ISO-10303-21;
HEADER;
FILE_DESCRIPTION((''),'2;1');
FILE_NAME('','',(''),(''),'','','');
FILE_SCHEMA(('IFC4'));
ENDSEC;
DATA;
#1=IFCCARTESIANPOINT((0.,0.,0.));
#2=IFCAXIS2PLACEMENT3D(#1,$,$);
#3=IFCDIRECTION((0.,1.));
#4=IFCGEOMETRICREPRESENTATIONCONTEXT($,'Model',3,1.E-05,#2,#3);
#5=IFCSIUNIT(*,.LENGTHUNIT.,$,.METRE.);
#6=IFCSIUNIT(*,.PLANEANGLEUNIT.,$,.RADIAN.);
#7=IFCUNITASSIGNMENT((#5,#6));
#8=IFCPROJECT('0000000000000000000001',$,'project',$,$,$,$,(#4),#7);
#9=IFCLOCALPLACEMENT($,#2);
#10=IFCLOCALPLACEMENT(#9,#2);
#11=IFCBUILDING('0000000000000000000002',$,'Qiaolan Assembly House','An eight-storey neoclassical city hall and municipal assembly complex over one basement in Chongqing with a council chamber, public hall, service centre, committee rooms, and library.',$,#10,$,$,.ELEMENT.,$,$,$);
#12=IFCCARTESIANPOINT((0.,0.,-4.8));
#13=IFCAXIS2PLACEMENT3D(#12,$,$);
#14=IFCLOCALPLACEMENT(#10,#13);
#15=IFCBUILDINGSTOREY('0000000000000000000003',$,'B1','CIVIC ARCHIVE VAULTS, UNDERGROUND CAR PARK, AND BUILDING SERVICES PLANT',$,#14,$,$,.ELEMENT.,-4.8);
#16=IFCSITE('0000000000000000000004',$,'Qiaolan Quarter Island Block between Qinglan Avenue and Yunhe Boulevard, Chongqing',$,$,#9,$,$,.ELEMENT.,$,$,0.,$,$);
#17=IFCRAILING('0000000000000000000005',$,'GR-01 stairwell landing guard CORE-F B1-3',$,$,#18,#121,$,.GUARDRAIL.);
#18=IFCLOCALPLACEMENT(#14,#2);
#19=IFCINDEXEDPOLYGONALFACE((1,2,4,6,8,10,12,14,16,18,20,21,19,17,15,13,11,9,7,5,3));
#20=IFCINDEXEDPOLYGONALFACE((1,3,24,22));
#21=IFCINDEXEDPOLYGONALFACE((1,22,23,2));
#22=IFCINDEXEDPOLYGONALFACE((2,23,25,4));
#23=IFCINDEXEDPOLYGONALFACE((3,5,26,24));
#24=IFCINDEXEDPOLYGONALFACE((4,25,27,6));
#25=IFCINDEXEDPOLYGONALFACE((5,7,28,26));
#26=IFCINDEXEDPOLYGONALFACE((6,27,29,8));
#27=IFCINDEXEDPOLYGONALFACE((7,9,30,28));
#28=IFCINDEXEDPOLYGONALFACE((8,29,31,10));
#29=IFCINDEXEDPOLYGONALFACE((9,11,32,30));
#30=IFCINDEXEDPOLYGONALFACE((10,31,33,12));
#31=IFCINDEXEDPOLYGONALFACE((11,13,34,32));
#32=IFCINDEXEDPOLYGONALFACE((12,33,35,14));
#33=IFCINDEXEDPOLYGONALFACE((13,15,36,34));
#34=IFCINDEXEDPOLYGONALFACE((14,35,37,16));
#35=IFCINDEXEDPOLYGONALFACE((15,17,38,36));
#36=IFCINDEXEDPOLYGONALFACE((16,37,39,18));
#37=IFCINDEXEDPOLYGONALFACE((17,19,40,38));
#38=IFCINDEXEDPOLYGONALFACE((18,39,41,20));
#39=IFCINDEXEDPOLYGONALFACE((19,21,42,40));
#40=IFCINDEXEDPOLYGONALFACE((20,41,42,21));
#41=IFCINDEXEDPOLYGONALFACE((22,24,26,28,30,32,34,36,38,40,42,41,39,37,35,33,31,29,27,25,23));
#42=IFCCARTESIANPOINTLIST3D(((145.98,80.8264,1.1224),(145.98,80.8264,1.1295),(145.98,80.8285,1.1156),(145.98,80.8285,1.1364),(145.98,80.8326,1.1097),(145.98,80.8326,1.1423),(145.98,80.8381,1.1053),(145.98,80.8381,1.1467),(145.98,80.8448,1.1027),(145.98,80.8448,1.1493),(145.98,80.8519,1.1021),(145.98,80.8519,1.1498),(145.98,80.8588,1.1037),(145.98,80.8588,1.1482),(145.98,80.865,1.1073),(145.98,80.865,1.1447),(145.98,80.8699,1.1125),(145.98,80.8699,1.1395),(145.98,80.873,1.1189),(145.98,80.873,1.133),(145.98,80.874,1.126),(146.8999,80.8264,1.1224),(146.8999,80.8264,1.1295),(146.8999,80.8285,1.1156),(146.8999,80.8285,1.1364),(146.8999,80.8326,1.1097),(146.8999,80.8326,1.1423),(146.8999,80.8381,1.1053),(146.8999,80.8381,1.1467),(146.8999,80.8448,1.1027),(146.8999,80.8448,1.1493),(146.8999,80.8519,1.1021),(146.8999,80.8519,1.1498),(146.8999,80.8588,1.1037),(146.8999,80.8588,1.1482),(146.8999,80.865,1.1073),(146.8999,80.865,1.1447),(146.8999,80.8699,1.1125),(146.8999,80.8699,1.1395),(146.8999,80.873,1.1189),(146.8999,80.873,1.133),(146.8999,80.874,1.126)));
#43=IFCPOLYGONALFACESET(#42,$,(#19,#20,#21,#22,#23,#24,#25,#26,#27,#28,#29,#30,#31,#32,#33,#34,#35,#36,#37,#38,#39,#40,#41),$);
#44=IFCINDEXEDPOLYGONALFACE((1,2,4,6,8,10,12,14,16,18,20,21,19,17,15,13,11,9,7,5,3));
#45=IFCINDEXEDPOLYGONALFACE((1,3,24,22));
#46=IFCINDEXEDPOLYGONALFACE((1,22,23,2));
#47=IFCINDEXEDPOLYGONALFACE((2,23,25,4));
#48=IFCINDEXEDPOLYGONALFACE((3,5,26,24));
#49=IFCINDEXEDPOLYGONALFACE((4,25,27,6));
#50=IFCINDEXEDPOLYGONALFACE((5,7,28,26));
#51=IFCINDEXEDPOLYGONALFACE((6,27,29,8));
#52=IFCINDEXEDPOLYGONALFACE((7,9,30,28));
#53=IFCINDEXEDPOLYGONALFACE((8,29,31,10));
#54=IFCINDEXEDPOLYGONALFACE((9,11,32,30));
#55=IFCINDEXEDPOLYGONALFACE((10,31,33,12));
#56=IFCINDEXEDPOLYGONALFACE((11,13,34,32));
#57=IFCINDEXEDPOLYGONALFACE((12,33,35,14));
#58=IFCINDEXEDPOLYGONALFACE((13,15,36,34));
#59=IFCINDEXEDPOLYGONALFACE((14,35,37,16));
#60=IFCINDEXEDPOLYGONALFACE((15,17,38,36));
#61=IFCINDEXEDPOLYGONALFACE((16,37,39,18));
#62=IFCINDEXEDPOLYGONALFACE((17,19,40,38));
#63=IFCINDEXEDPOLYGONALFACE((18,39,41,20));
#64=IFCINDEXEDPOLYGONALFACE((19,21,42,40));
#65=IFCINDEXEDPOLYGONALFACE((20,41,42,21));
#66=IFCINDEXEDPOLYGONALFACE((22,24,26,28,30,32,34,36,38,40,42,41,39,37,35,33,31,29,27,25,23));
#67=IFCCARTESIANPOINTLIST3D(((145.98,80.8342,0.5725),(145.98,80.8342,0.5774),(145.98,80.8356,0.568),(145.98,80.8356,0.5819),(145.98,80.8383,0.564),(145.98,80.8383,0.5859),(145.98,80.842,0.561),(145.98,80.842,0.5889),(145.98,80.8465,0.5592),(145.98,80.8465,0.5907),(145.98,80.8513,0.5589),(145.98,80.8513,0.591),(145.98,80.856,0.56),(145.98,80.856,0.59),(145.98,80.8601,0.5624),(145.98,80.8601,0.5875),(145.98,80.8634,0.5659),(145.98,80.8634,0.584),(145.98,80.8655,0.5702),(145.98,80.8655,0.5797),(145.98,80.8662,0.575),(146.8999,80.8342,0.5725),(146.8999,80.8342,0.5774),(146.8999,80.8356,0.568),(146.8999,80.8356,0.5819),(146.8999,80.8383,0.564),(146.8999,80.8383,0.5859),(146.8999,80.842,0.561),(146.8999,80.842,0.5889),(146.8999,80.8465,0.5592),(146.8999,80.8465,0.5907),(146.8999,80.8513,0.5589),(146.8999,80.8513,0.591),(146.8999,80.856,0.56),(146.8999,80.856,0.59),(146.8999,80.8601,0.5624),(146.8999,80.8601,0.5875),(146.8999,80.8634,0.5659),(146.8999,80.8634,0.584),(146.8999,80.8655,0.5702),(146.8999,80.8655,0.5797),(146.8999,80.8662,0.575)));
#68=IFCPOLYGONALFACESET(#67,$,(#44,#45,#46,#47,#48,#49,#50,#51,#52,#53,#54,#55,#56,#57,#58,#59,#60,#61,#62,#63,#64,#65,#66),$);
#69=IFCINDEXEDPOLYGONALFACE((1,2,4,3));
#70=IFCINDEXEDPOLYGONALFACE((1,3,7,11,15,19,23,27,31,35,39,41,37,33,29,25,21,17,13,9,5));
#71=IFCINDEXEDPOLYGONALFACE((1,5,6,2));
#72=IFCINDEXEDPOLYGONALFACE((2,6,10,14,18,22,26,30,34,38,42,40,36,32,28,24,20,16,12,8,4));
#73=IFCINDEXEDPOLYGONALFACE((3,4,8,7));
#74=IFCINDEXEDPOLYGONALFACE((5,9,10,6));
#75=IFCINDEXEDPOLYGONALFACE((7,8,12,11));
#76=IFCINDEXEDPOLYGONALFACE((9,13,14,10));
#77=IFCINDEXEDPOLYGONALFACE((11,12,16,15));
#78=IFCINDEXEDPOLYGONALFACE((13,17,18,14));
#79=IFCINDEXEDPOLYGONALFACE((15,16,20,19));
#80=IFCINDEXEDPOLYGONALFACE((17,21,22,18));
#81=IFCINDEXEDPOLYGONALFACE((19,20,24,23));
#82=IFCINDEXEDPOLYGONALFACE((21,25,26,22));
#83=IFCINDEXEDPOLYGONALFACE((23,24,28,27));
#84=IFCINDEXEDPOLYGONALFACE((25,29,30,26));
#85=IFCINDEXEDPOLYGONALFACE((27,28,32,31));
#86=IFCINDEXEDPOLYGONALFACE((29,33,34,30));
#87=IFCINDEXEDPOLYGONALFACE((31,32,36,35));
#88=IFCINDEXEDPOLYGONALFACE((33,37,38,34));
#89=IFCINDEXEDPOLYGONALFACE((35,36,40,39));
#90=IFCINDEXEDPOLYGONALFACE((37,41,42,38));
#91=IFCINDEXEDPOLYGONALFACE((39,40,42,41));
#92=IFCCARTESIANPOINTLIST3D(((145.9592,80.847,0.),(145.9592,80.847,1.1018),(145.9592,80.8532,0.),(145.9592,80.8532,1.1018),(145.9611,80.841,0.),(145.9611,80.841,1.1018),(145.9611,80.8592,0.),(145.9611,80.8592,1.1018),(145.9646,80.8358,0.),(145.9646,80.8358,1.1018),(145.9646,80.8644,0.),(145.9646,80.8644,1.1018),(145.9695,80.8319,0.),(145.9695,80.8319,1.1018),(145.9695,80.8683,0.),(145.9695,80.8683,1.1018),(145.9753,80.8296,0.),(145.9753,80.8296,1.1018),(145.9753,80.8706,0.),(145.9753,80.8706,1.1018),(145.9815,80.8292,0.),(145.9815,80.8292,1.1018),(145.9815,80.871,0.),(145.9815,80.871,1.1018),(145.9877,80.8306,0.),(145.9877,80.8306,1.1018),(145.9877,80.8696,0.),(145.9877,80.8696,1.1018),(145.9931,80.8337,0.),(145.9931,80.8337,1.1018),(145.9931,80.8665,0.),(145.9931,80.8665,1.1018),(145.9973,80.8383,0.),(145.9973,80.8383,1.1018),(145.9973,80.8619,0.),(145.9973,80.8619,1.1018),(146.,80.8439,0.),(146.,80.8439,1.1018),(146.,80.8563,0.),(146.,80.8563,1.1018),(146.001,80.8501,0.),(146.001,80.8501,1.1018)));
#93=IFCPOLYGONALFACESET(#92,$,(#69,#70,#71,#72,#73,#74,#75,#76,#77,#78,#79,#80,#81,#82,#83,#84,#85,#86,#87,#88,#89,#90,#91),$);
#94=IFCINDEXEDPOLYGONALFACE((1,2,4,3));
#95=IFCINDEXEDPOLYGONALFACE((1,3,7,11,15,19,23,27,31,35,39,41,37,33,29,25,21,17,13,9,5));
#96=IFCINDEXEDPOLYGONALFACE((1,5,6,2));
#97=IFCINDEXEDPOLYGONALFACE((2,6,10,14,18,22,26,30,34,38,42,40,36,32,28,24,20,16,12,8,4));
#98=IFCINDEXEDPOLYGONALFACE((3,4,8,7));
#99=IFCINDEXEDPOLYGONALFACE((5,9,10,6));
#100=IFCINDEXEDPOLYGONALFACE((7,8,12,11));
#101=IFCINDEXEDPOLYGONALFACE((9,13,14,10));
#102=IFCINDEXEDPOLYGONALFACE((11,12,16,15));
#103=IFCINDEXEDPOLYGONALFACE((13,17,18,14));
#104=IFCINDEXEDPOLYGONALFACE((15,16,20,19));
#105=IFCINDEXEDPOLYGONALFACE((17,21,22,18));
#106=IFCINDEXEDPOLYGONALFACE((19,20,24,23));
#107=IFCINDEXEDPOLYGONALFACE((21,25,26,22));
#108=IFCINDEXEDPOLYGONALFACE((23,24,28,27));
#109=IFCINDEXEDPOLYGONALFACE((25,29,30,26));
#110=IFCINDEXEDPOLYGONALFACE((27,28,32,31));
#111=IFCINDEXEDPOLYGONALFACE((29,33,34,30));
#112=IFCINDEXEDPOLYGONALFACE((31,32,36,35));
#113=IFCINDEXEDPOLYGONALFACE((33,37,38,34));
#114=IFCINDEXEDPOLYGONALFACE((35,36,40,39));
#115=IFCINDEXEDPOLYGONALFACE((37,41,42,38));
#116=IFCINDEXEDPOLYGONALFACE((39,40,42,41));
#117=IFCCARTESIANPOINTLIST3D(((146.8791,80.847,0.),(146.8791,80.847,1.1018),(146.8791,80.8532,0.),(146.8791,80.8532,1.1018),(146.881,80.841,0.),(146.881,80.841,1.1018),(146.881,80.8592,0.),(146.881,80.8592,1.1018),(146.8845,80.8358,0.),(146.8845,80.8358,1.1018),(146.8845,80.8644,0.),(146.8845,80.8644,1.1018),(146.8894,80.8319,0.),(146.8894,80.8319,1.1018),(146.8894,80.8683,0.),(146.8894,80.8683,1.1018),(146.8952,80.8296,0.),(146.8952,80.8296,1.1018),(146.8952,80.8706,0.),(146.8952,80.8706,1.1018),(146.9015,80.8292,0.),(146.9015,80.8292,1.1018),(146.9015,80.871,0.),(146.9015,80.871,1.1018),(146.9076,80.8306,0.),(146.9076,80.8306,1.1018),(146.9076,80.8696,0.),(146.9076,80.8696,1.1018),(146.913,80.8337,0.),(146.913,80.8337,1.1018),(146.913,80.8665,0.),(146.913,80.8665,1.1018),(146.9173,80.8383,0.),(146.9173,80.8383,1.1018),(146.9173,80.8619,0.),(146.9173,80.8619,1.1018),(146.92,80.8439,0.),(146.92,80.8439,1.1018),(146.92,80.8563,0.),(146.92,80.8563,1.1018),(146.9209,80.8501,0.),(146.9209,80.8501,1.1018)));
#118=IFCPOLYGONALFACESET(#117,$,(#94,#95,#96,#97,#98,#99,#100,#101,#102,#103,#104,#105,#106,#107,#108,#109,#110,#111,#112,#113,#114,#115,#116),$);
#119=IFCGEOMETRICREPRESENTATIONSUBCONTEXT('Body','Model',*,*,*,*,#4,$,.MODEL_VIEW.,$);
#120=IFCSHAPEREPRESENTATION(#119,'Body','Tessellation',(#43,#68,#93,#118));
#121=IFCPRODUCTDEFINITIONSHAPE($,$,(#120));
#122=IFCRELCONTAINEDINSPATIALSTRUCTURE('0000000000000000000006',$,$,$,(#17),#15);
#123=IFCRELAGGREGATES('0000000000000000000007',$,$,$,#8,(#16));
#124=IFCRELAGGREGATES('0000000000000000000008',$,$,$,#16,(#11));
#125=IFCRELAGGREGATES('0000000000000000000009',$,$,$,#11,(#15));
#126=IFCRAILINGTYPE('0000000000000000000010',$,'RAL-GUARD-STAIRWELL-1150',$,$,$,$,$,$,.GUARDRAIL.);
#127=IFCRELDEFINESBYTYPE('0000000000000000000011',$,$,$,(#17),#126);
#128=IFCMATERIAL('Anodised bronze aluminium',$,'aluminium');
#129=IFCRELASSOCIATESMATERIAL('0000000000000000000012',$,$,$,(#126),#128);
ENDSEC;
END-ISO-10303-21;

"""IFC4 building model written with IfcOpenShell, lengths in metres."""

from ifc_helpers import new_model, si_unit, direction, frame, origin, origin_2d, place, context, subcontext, project, spatial, circle, extrude, material, type_object, element, save


model = new_model("IFC4")

# Units and contexts
model_context = context("Model", 3, precision=1e-05, world=origin(), true_north=direction((0.0, 1.0)))
body_context = subcontext(model_context, "Body", "Model", "MODEL_VIEW")
ifc_project = project(units=[si_unit("LENGTHUNIT", "METRE"), si_unit("PLANEANGLEUNIT", "RADIAN")], contexts=[model_context])

# Site, building, storey
site_placement = place(None, origin())
site = spatial("IfcSite", under=ifc_project, at=site_placement, Name="Qiaolan Quarter Island Block between Qinglan Avenue and Yunhe Boulevard, Chongqing", CompositionType="ELEMENT", RefElevation=0.0)
building_placement = place(site_placement, origin())
building = spatial("IfcBuilding", under=site, at=building_placement, Name="Qiaolan Assembly House", Description="An eight-storey neoclassical city hall and municipal assembly complex over one basement in Chongqing with a council chamber, public hall, service centre, committee rooms, and library.", CompositionType="ELEMENT")
storey_placement = place(building_placement, frame((0.0, 0.0, -4.8)))
storey = spatial("IfcBuildingStorey", under=building, at=storey_placement, Name="B1", Description="CIVIC ARCHIVE VAULTS, UNDERGROUND CAR PARK, AND BUILDING SERVICES PLANT", CompositionType="ELEMENT", Elevation=-4.8)

# Railing
ifc_material_1 = material(Name="Anodised bronze aluminium", Category="aluminium")
railing_type_1 = type_object("IfcRailingType", Name="RAL-GUARD-STAIRWELL-1150", PredefinedType="GUARDRAIL", material=ifc_material_1)
for number, where, name in (
    (1, (145.98, 80.8501, 0.0), "GR-01 stairwell landing guard CORE-F B1-3"),
):
    element("IfcRailing", number, at=place(storey_placement, frame(where)), inside=storey, type_object=railing_type_1, Name=name, PredefinedType="GUARDRAIL", context=body_context, shape_type="SweptSolid", body=[
        extrude(circle(Radius=0.0239, at=origin_2d()), frame((0.0, 0.0, 1.126), z_axis=(1.0, 0.0, 0.0), x_axis=(0.0, 1.0, 0.0)), (0.0, 0.0, 1.0), 0.9199),
        extrude(circle(Radius=0.0161, at=origin_2d()), frame((0.0, 0.0, 0.575), z_axis=(1.0, 0.0, 0.0), x_axis=(0.0, 1.0, 0.0)), (0.0, 0.0, 1.0), 0.9199),
        extrude(circle(Radius=0.021, at=origin_2d()), origin(), (0.0, 0.0, 1.0), 1.1018),
        extrude(circle(Radius=0.021, at=origin_2d()), frame((0.9199, 0.0, 0.0)), (0.0, 0.0, 1.0), 1.1018),
    ])

save(model, "model.ifc")
